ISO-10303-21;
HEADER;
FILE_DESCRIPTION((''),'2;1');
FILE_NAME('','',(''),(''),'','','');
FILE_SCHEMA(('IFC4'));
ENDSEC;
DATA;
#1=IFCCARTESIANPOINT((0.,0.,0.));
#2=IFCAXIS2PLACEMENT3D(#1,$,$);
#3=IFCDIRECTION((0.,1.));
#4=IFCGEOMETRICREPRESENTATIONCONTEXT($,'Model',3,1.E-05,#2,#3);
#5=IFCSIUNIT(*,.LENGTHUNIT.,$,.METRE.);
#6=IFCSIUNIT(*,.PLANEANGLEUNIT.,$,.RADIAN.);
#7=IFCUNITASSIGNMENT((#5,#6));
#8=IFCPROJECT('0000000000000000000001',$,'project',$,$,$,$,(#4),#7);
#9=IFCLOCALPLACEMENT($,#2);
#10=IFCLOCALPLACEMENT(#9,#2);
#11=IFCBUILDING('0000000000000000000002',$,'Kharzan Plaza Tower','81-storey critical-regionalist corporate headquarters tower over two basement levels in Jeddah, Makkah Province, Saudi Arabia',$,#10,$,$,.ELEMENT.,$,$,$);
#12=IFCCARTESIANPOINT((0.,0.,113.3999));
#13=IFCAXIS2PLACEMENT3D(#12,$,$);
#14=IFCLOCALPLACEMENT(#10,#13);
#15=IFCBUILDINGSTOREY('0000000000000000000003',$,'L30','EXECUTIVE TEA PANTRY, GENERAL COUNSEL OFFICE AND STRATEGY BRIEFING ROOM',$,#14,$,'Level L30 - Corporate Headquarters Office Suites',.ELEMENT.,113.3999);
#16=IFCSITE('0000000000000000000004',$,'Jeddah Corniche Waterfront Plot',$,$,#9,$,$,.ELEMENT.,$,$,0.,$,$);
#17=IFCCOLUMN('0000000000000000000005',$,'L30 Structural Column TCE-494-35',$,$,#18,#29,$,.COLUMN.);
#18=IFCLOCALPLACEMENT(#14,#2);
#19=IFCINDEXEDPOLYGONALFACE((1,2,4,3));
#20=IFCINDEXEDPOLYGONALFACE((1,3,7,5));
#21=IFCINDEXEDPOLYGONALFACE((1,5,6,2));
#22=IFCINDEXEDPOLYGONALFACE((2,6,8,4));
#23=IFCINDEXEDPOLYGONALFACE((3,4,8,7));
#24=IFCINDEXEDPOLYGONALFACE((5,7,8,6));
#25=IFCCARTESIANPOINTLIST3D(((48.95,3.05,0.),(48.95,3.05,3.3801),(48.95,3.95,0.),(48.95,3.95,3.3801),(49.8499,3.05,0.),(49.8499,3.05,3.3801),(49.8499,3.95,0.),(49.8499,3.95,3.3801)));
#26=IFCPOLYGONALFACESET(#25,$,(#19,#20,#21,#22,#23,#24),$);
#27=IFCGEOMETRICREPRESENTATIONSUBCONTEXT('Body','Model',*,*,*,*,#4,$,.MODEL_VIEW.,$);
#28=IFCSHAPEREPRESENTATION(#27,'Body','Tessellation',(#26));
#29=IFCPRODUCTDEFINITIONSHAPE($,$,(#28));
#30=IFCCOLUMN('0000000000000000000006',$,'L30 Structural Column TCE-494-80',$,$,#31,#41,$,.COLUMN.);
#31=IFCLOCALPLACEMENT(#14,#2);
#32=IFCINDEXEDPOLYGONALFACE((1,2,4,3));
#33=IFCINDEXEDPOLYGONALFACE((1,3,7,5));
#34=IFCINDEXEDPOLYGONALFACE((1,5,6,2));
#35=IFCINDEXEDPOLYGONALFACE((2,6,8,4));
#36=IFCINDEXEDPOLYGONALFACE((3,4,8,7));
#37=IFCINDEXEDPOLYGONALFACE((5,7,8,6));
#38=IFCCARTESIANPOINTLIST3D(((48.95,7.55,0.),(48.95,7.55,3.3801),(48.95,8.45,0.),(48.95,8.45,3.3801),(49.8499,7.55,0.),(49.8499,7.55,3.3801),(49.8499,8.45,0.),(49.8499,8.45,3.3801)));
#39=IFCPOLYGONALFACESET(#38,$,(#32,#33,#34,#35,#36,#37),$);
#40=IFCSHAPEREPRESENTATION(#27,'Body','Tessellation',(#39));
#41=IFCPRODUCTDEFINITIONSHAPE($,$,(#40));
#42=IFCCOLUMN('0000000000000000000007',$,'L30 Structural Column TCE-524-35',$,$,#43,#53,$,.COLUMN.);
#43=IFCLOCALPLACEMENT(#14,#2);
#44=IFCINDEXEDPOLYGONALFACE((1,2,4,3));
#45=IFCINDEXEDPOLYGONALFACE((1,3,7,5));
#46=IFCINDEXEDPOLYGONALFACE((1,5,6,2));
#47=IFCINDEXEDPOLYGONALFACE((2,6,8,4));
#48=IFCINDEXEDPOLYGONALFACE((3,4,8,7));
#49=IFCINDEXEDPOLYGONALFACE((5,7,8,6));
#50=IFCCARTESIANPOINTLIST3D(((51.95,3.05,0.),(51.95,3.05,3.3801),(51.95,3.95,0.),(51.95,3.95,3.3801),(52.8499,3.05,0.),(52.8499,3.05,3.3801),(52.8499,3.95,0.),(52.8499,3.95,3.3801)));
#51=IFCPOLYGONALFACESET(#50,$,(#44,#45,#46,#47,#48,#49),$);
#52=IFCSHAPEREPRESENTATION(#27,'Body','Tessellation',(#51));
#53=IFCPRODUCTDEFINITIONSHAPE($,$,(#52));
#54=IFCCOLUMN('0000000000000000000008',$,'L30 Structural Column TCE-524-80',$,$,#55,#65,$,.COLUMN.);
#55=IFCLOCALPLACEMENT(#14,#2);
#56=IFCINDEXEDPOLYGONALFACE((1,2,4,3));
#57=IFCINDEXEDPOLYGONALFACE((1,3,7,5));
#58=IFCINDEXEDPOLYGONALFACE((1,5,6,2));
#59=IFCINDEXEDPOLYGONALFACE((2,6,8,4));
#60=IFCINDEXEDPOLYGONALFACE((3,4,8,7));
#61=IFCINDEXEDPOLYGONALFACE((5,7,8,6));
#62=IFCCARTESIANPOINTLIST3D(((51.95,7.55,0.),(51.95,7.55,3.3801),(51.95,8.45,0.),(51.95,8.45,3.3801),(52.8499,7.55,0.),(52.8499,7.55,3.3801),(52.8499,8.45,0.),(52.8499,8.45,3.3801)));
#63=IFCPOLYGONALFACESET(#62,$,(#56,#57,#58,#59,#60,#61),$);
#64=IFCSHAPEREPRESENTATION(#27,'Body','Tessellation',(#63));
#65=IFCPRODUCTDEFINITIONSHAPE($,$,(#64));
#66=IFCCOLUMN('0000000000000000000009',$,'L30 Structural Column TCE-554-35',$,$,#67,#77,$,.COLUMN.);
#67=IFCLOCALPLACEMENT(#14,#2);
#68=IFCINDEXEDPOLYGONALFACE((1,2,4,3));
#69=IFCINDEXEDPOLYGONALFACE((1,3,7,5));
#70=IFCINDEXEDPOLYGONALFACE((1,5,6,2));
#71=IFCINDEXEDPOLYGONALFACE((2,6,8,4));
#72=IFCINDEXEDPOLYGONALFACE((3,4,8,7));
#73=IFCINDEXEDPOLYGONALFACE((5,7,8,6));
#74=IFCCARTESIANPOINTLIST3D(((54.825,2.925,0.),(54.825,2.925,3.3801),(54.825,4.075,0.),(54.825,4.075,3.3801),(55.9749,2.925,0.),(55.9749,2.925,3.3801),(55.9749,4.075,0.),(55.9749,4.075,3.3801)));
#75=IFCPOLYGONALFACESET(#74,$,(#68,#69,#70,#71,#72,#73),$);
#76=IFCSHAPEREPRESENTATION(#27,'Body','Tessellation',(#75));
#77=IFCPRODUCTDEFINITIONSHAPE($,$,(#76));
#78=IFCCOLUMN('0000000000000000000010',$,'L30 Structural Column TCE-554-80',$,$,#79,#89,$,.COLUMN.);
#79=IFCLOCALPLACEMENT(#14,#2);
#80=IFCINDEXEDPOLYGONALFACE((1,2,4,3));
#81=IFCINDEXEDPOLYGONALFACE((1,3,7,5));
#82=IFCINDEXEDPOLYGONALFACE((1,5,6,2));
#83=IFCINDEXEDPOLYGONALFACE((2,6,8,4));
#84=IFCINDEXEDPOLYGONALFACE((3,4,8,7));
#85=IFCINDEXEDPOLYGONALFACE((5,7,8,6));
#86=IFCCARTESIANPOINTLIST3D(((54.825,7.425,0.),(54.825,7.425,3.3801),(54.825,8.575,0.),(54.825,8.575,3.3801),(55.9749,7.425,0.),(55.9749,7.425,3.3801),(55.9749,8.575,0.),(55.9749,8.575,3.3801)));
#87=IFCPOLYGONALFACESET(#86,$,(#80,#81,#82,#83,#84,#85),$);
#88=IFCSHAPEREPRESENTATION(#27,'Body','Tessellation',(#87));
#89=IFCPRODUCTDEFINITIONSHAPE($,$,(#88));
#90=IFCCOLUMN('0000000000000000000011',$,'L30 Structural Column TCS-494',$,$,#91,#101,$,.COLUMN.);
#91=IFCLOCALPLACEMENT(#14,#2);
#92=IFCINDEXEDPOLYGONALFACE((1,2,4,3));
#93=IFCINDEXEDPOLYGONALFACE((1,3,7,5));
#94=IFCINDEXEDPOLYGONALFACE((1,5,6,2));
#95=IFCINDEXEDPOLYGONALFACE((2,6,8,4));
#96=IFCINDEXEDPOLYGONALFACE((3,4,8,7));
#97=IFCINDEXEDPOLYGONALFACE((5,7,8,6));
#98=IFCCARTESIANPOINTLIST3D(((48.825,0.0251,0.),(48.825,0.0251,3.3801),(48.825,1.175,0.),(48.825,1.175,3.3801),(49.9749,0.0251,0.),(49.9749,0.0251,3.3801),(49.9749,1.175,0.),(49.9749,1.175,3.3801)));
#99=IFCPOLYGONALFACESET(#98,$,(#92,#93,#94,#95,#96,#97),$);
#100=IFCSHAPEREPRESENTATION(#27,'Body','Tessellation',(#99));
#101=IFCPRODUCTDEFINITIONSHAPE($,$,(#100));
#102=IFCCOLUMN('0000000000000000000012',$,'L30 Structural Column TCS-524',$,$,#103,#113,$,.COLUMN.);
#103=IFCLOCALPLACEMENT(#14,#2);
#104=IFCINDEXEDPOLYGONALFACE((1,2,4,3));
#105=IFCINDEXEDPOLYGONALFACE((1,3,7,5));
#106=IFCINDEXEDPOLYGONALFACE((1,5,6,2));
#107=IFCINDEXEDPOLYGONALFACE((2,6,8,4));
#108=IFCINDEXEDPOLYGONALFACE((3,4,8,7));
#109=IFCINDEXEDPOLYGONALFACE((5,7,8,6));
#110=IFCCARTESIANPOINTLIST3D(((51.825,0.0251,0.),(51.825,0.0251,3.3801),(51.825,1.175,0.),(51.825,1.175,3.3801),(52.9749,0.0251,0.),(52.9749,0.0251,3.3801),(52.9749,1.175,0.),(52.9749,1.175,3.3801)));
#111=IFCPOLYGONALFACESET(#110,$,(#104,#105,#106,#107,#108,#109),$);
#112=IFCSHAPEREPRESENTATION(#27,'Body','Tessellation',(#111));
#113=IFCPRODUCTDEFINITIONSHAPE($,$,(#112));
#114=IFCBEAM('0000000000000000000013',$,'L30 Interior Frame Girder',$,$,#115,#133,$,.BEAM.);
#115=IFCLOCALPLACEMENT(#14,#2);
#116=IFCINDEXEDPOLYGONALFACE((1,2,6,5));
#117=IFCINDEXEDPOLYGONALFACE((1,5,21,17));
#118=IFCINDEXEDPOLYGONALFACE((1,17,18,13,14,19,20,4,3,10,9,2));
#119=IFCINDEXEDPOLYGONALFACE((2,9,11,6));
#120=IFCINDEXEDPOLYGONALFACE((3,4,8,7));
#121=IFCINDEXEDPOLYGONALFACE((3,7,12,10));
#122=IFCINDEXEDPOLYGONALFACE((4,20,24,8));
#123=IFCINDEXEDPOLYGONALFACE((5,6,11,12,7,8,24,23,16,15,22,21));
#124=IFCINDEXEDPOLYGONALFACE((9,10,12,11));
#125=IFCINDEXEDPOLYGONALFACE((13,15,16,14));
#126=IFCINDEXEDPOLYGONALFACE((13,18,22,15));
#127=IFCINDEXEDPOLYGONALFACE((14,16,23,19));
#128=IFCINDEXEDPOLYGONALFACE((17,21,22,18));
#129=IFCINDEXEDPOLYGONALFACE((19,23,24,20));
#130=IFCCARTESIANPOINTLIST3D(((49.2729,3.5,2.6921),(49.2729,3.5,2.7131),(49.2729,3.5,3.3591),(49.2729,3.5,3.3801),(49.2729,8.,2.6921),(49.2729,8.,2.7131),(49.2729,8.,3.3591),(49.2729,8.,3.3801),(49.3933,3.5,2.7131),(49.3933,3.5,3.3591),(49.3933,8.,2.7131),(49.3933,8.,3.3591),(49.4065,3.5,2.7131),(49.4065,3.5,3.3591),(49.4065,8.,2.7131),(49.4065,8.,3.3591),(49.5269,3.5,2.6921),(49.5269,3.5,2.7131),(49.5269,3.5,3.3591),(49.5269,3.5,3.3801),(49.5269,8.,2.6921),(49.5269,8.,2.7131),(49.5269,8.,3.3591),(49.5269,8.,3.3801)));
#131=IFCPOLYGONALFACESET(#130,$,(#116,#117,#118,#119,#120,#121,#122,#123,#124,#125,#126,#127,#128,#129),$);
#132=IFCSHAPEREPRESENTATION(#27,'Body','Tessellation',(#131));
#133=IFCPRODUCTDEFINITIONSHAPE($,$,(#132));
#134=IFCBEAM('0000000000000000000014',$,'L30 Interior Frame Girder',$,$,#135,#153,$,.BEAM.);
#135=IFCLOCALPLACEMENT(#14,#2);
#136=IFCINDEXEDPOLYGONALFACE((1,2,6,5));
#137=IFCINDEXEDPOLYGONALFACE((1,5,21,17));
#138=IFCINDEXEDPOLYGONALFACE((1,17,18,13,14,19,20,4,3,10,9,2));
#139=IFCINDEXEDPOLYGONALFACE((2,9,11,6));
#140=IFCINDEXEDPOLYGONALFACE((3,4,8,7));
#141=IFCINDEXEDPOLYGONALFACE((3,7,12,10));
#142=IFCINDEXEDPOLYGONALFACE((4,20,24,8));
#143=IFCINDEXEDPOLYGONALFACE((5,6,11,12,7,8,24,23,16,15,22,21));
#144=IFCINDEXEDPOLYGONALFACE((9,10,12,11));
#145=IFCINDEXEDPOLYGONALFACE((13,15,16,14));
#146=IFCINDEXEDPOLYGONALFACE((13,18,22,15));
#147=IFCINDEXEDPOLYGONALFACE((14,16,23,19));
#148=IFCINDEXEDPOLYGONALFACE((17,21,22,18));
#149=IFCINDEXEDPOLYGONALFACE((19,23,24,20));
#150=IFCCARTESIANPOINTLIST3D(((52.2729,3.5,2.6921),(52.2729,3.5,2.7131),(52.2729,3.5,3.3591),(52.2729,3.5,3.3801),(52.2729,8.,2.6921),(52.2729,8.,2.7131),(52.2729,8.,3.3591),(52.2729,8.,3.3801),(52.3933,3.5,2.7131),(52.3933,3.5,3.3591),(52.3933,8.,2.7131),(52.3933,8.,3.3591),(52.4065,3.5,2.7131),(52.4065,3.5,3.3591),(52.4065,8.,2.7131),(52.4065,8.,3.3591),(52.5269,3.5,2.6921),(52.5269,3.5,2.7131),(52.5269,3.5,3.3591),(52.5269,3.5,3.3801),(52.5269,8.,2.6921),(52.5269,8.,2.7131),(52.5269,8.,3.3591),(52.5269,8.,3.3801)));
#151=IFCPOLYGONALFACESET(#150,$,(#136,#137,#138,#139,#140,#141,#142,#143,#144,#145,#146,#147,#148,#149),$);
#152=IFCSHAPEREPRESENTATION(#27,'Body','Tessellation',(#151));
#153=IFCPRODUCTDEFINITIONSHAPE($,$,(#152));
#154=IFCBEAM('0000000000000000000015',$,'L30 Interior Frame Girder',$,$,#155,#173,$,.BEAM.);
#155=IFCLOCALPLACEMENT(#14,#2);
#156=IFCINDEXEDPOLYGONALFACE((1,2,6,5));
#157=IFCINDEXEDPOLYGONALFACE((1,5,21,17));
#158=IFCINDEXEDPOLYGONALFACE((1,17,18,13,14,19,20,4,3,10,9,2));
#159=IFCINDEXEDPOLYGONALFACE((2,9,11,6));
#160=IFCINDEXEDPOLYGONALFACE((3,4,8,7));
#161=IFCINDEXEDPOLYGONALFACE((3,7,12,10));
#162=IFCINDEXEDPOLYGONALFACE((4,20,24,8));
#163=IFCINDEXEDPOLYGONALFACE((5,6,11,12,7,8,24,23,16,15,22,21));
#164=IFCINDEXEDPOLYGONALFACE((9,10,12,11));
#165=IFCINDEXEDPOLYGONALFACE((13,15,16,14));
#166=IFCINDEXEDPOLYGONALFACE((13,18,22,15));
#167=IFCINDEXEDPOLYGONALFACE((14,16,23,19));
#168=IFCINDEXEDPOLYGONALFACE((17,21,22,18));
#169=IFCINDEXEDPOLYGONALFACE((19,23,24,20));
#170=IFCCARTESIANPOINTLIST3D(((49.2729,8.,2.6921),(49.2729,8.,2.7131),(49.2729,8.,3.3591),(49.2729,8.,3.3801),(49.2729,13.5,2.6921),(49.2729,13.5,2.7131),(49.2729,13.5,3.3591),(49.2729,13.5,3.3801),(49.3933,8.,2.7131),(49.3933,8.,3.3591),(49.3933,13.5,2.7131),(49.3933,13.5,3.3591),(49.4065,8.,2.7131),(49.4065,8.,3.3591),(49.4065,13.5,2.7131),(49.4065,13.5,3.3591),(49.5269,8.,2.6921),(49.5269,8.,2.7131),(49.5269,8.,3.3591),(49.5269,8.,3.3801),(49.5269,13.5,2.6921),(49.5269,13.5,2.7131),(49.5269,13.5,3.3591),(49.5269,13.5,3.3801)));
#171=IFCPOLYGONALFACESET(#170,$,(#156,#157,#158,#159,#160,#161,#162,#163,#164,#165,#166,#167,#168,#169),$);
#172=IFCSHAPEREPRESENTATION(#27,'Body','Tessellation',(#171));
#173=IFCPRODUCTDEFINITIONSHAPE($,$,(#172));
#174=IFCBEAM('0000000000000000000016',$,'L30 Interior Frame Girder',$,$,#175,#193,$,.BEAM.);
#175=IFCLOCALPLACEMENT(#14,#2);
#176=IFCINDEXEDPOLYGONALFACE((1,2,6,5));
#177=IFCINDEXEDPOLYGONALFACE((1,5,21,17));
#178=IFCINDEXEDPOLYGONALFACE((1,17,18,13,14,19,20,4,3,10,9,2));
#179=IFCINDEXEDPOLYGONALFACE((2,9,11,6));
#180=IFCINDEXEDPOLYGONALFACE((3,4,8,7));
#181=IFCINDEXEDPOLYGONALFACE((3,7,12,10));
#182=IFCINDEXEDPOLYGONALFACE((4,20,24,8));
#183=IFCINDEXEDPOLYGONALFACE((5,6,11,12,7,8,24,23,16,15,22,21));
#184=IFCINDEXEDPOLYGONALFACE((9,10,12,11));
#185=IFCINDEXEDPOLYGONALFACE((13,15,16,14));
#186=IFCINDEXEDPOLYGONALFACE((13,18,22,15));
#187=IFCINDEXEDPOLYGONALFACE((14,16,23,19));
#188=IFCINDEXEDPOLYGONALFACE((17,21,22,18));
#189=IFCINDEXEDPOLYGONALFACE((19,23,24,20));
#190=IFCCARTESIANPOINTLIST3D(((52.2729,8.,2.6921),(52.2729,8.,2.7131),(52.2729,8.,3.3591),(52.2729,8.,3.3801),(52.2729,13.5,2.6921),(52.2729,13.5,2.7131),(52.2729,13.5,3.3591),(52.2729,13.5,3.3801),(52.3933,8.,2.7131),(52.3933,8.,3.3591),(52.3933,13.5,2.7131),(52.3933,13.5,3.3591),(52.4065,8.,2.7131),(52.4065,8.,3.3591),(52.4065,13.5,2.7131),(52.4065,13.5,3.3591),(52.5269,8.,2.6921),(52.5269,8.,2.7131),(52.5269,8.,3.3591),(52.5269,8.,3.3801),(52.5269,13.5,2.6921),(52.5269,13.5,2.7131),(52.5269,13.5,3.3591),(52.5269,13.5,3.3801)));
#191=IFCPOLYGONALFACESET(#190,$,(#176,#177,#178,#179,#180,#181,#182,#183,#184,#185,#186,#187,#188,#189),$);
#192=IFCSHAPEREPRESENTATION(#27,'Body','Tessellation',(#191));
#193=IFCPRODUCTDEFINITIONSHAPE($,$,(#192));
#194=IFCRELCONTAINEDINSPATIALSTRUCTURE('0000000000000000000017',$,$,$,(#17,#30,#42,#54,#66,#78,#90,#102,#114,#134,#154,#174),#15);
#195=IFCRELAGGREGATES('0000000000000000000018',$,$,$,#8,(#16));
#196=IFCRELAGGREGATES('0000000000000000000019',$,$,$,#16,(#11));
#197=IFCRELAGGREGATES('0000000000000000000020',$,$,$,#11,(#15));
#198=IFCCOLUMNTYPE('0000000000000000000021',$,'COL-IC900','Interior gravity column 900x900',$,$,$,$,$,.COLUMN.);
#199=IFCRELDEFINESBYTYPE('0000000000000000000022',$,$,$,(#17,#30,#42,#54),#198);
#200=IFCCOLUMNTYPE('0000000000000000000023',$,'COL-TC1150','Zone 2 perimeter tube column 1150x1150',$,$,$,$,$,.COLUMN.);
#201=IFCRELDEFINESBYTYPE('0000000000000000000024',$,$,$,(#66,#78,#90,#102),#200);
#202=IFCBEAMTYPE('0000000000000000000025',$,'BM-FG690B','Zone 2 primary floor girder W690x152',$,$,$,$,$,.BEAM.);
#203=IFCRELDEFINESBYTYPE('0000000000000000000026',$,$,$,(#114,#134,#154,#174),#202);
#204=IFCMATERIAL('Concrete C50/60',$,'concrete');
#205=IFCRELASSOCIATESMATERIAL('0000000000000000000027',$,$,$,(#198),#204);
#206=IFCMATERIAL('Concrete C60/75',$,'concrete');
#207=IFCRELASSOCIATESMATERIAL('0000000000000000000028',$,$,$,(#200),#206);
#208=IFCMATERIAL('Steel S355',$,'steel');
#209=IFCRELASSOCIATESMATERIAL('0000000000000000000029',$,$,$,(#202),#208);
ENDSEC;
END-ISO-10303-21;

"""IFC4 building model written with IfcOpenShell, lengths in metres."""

from ifc_helpers import new_model, si_unit, direction, frame, origin, origin_2d, place, context, subcontext, project, spatial, rectangle, i_section, extrude, source, transform, mapped, material, material_profile, profile_set, type_object, element, save


model = new_model("IFC4")

# Units and contexts
model_context = context("Model", 3, precision=1e-05, world=origin(), true_north=direction((0.0, 1.0)))
body_context = subcontext(model_context, "Body", "Model", "MODEL_VIEW")
ifc_project = project(units=[si_unit("LENGTHUNIT", "METRE"), si_unit("PLANEANGLEUNIT", "RADIAN")], contexts=[model_context])

# Site, building, storey
site_placement = place(None, origin())
site = spatial("IfcSite", under=ifc_project, at=site_placement, Name="Jeddah Corniche Waterfront Plot", CompositionType="ELEMENT", RefElevation=0.0)
building_placement = place(site_placement, origin())
building = spatial("IfcBuilding", under=site, at=building_placement, Name="Kharzan Plaza Tower", Description="81-storey critical-regionalist corporate headquarters tower over two basement levels in Jeddah, Makkah Province, Saudi Arabia", CompositionType="ELEMENT")
storey_placement = place(building_placement, frame((0.0, 0.0, 113.3999)))
storey = spatial("IfcBuildingStorey", under=building, at=storey_placement, Name="L30", Description="EXECUTIVE TEA PANTRY, GENERAL COUNSEL OFFICE AND STRATEGY BRIEFING ROOM", LongName="Level L30 - Corporate Headquarters Office Suites", CompositionType="ELEMENT", Elevation=113.3999)

# Columns
ifc_material_1 = material(Name="Concrete C50/60", Category="concrete")
ifc_material_profile_1 = material_profile(ifc_material_1, rectangle(XDim=0.8999, YDim=0.8999, at=origin_2d()), Name="RC-IC900x900")
ifc_profile_set_1 = profile_set([ifc_material_profile_1], Name="Concrete C50/60")
column_type_1 = type_object("IfcColumnType", Name="COL-IC900", Description="Interior gravity column 900x900", PredefinedType="COLUMN", material=ifc_profile_set_1)
shared_shape_1 = source(origin(), body_context, "Body", "SweptSolid", [
    extrude(rectangle(XDim=0.8999, YDim=0.8999, at=origin_2d()), origin(), (0.0, 0.0, 1.0), 3.3801),
])
for number, where, z_axis, x_axis, name in (
    (1, (49.3999, 3.5, 0.0), (0.0, 0.0, 1.0), (1.0, 0.0, 0.0), "L30 Structural Column TCE-494-35"),
    (2, (49.3999, 8.0, 0.0), (0.0, 0.0, 1.0), (1.0, 0.0, 0.0), "L30 Structural Column TCE-494-80"),
    (3, (52.3999, 3.5, 0.0), (0.0, 0.0, 1.0), (1.0, 0.0, 0.0), "L30 Structural Column TCE-524-35"),
    (4, (52.3999, 8.0, 0.0), (0.0, 0.0, 1.0), (1.0, 0.0, 0.0), "L30 Structural Column TCE-524-80"),
):
    element("IfcColumn", number, at=place(storey_placement, frame(where, z_axis=z_axis, x_axis=x_axis)), inside=storey, type_object=column_type_1, Name=name, PredefinedType="COLUMN", context=body_context, shape_type="MappedRepresentation", body=[
        mapped(shared_shape_1, transform((0.0, 0.0, 0.0), x_axis=(1.0, 0.0, 0.0), y_axis=(0.0, 1.0, 0.0), z_axis=(0.0, 0.0, 1.0))),
    ])
ifc_material_2 = material(Name="Concrete C60/75", Category="concrete")
ifc_material_profile_2 = material_profile(ifc_material_2, rectangle(XDim=1.1499, YDim=1.1499, at=origin_2d()), Name="RC-TC1150x1150")
ifc_profile_set_2 = profile_set([ifc_material_profile_2], Name="Concrete C60/75")
column_type_2 = type_object("IfcColumnType", Name="COL-TC1150", Description="Zone 2 perimeter tube column 1150x1150", PredefinedType="COLUMN", material=ifc_profile_set_2)
shared_shape_2 = source(origin(), body_context, "Body", "SweptSolid", [
    extrude(rectangle(XDim=1.1499, YDim=1.1499, at=origin_2d()), origin(), (0.0, 0.0, 1.0), 3.3801),
])
for number, where, z_axis, x_axis, name in (
    (5, (55.3999, 3.5, 0.0), (0.0, 0.0, 1.0), (1.0, 0.0, 0.0), "L30 Structural Column TCE-554-35"),
    (6, (55.3999, 8.0, 0.0), (0.0, 0.0, 1.0), (1.0, 0.0, 0.0), "L30 Structural Column TCE-554-80"),
    (7, (49.3999, 0.6001, 0.0), (0.0, 0.0, 1.0), (1.0, 0.0, 0.0), "L30 Structural Column TCS-494"),
    (8, (52.3999, 0.6001, 0.0), (0.0, 0.0, 1.0), (1.0, 0.0, 0.0), "L30 Structural Column TCS-524"),
):
    element("IfcColumn", number, at=place(storey_placement, frame(where, z_axis=z_axis, x_axis=x_axis)), inside=storey, type_object=column_type_2, Name=name, PredefinedType="COLUMN", context=body_context, shape_type="MappedRepresentation", body=[
        mapped(shared_shape_2, transform((0.0, 0.0, 0.0), x_axis=(1.0, 0.0, 0.0), y_axis=(0.0, 1.0, 0.0), z_axis=(0.0, 0.0, 1.0))),
    ])

# Beams
ifc_material_3 = material(Name="Steel S355", Category="steel")
ifc_material_profile_3 = material_profile(ifc_material_3, i_section(OverallWidth=0.2539, OverallDepth=0.688, WebThickness=0.0132, FlangeThickness=0.021, at=origin_2d()), Name="W690x152")
ifc_profile_set_3 = profile_set([ifc_material_profile_3], Name="Steel S355")
beam_type_1 = type_object("IfcBeamType", Name="BM-FG690B", Description="Zone 2 primary floor girder W690x152", PredefinedType="BEAM", material=ifc_profile_set_3)
shared_shape_3 = source(origin(), body_context, "Body", "SweptSolid", [
    extrude(i_section(OverallWidth=0.2539, OverallDepth=0.688, WebThickness=0.0132, FlangeThickness=0.021, at=origin_2d()), origin(), (0.0, 0.0, 1.0), 4.5),
])
for number, where, z_axis, x_axis, name in (
    (9, (49.3999, 3.5, 3.0361), (0.0, 1.0, 0.0), (-1.0, 0.0, 0.0), "L30 Interior Frame Girder"),
    (10, (52.3999, 3.5, 3.0361), (0.0, 1.0, 0.0), (-1.0, 0.0, 0.0), "L30 Interior Frame Girder"),
):
    element("IfcBeam", number, at=place(storey_placement, frame(where, z_axis=z_axis, x_axis=x_axis)), inside=storey, type_object=beam_type_1, Name=name, PredefinedType="BEAM", context=body_context, shape_type="MappedRepresentation", body=[
        mapped(shared_shape_3, transform((0.0, 0.0, 0.0), x_axis=(1.0, 0.0, 0.0), y_axis=(0.0, 1.0, 0.0), z_axis=(0.0, 0.0, 1.0))),
    ])
shared_shape_4 = source(origin(), body_context, "Body", "SweptSolid", [
    extrude(i_section(OverallWidth=0.2539, OverallDepth=0.688, WebThickness=0.0132, FlangeThickness=0.021, at=origin_2d()), origin(), (0.0, 0.0, 1.0), 5.5),
])
for number, where, z_axis, x_axis, name in (
    (11, (49.3999, 8.0, 3.0361), (0.0, 1.0, 0.0), (-1.0, 0.0, 0.0), "L30 Interior Frame Girder"),
    (12, (52.3999, 8.0, 3.0361), (0.0, 1.0, 0.0), (-1.0, 0.0, 0.0), "L30 Interior Frame Girder"),
):
    element("IfcBeam", number, at=place(storey_placement, frame(where, z_axis=z_axis, x_axis=x_axis)), inside=storey, type_object=beam_type_1, Name=name, PredefinedType="BEAM", context=body_context, shape_type="MappedRepresentation", body=[
        mapped(shared_shape_4, transform((0.0, 0.0, 0.0), x_axis=(1.0, 0.0, 0.0), y_axis=(0.0, 1.0, 0.0), z_axis=(0.0, 0.0, 1.0))),
    ])

save(model, "model.ifc")
